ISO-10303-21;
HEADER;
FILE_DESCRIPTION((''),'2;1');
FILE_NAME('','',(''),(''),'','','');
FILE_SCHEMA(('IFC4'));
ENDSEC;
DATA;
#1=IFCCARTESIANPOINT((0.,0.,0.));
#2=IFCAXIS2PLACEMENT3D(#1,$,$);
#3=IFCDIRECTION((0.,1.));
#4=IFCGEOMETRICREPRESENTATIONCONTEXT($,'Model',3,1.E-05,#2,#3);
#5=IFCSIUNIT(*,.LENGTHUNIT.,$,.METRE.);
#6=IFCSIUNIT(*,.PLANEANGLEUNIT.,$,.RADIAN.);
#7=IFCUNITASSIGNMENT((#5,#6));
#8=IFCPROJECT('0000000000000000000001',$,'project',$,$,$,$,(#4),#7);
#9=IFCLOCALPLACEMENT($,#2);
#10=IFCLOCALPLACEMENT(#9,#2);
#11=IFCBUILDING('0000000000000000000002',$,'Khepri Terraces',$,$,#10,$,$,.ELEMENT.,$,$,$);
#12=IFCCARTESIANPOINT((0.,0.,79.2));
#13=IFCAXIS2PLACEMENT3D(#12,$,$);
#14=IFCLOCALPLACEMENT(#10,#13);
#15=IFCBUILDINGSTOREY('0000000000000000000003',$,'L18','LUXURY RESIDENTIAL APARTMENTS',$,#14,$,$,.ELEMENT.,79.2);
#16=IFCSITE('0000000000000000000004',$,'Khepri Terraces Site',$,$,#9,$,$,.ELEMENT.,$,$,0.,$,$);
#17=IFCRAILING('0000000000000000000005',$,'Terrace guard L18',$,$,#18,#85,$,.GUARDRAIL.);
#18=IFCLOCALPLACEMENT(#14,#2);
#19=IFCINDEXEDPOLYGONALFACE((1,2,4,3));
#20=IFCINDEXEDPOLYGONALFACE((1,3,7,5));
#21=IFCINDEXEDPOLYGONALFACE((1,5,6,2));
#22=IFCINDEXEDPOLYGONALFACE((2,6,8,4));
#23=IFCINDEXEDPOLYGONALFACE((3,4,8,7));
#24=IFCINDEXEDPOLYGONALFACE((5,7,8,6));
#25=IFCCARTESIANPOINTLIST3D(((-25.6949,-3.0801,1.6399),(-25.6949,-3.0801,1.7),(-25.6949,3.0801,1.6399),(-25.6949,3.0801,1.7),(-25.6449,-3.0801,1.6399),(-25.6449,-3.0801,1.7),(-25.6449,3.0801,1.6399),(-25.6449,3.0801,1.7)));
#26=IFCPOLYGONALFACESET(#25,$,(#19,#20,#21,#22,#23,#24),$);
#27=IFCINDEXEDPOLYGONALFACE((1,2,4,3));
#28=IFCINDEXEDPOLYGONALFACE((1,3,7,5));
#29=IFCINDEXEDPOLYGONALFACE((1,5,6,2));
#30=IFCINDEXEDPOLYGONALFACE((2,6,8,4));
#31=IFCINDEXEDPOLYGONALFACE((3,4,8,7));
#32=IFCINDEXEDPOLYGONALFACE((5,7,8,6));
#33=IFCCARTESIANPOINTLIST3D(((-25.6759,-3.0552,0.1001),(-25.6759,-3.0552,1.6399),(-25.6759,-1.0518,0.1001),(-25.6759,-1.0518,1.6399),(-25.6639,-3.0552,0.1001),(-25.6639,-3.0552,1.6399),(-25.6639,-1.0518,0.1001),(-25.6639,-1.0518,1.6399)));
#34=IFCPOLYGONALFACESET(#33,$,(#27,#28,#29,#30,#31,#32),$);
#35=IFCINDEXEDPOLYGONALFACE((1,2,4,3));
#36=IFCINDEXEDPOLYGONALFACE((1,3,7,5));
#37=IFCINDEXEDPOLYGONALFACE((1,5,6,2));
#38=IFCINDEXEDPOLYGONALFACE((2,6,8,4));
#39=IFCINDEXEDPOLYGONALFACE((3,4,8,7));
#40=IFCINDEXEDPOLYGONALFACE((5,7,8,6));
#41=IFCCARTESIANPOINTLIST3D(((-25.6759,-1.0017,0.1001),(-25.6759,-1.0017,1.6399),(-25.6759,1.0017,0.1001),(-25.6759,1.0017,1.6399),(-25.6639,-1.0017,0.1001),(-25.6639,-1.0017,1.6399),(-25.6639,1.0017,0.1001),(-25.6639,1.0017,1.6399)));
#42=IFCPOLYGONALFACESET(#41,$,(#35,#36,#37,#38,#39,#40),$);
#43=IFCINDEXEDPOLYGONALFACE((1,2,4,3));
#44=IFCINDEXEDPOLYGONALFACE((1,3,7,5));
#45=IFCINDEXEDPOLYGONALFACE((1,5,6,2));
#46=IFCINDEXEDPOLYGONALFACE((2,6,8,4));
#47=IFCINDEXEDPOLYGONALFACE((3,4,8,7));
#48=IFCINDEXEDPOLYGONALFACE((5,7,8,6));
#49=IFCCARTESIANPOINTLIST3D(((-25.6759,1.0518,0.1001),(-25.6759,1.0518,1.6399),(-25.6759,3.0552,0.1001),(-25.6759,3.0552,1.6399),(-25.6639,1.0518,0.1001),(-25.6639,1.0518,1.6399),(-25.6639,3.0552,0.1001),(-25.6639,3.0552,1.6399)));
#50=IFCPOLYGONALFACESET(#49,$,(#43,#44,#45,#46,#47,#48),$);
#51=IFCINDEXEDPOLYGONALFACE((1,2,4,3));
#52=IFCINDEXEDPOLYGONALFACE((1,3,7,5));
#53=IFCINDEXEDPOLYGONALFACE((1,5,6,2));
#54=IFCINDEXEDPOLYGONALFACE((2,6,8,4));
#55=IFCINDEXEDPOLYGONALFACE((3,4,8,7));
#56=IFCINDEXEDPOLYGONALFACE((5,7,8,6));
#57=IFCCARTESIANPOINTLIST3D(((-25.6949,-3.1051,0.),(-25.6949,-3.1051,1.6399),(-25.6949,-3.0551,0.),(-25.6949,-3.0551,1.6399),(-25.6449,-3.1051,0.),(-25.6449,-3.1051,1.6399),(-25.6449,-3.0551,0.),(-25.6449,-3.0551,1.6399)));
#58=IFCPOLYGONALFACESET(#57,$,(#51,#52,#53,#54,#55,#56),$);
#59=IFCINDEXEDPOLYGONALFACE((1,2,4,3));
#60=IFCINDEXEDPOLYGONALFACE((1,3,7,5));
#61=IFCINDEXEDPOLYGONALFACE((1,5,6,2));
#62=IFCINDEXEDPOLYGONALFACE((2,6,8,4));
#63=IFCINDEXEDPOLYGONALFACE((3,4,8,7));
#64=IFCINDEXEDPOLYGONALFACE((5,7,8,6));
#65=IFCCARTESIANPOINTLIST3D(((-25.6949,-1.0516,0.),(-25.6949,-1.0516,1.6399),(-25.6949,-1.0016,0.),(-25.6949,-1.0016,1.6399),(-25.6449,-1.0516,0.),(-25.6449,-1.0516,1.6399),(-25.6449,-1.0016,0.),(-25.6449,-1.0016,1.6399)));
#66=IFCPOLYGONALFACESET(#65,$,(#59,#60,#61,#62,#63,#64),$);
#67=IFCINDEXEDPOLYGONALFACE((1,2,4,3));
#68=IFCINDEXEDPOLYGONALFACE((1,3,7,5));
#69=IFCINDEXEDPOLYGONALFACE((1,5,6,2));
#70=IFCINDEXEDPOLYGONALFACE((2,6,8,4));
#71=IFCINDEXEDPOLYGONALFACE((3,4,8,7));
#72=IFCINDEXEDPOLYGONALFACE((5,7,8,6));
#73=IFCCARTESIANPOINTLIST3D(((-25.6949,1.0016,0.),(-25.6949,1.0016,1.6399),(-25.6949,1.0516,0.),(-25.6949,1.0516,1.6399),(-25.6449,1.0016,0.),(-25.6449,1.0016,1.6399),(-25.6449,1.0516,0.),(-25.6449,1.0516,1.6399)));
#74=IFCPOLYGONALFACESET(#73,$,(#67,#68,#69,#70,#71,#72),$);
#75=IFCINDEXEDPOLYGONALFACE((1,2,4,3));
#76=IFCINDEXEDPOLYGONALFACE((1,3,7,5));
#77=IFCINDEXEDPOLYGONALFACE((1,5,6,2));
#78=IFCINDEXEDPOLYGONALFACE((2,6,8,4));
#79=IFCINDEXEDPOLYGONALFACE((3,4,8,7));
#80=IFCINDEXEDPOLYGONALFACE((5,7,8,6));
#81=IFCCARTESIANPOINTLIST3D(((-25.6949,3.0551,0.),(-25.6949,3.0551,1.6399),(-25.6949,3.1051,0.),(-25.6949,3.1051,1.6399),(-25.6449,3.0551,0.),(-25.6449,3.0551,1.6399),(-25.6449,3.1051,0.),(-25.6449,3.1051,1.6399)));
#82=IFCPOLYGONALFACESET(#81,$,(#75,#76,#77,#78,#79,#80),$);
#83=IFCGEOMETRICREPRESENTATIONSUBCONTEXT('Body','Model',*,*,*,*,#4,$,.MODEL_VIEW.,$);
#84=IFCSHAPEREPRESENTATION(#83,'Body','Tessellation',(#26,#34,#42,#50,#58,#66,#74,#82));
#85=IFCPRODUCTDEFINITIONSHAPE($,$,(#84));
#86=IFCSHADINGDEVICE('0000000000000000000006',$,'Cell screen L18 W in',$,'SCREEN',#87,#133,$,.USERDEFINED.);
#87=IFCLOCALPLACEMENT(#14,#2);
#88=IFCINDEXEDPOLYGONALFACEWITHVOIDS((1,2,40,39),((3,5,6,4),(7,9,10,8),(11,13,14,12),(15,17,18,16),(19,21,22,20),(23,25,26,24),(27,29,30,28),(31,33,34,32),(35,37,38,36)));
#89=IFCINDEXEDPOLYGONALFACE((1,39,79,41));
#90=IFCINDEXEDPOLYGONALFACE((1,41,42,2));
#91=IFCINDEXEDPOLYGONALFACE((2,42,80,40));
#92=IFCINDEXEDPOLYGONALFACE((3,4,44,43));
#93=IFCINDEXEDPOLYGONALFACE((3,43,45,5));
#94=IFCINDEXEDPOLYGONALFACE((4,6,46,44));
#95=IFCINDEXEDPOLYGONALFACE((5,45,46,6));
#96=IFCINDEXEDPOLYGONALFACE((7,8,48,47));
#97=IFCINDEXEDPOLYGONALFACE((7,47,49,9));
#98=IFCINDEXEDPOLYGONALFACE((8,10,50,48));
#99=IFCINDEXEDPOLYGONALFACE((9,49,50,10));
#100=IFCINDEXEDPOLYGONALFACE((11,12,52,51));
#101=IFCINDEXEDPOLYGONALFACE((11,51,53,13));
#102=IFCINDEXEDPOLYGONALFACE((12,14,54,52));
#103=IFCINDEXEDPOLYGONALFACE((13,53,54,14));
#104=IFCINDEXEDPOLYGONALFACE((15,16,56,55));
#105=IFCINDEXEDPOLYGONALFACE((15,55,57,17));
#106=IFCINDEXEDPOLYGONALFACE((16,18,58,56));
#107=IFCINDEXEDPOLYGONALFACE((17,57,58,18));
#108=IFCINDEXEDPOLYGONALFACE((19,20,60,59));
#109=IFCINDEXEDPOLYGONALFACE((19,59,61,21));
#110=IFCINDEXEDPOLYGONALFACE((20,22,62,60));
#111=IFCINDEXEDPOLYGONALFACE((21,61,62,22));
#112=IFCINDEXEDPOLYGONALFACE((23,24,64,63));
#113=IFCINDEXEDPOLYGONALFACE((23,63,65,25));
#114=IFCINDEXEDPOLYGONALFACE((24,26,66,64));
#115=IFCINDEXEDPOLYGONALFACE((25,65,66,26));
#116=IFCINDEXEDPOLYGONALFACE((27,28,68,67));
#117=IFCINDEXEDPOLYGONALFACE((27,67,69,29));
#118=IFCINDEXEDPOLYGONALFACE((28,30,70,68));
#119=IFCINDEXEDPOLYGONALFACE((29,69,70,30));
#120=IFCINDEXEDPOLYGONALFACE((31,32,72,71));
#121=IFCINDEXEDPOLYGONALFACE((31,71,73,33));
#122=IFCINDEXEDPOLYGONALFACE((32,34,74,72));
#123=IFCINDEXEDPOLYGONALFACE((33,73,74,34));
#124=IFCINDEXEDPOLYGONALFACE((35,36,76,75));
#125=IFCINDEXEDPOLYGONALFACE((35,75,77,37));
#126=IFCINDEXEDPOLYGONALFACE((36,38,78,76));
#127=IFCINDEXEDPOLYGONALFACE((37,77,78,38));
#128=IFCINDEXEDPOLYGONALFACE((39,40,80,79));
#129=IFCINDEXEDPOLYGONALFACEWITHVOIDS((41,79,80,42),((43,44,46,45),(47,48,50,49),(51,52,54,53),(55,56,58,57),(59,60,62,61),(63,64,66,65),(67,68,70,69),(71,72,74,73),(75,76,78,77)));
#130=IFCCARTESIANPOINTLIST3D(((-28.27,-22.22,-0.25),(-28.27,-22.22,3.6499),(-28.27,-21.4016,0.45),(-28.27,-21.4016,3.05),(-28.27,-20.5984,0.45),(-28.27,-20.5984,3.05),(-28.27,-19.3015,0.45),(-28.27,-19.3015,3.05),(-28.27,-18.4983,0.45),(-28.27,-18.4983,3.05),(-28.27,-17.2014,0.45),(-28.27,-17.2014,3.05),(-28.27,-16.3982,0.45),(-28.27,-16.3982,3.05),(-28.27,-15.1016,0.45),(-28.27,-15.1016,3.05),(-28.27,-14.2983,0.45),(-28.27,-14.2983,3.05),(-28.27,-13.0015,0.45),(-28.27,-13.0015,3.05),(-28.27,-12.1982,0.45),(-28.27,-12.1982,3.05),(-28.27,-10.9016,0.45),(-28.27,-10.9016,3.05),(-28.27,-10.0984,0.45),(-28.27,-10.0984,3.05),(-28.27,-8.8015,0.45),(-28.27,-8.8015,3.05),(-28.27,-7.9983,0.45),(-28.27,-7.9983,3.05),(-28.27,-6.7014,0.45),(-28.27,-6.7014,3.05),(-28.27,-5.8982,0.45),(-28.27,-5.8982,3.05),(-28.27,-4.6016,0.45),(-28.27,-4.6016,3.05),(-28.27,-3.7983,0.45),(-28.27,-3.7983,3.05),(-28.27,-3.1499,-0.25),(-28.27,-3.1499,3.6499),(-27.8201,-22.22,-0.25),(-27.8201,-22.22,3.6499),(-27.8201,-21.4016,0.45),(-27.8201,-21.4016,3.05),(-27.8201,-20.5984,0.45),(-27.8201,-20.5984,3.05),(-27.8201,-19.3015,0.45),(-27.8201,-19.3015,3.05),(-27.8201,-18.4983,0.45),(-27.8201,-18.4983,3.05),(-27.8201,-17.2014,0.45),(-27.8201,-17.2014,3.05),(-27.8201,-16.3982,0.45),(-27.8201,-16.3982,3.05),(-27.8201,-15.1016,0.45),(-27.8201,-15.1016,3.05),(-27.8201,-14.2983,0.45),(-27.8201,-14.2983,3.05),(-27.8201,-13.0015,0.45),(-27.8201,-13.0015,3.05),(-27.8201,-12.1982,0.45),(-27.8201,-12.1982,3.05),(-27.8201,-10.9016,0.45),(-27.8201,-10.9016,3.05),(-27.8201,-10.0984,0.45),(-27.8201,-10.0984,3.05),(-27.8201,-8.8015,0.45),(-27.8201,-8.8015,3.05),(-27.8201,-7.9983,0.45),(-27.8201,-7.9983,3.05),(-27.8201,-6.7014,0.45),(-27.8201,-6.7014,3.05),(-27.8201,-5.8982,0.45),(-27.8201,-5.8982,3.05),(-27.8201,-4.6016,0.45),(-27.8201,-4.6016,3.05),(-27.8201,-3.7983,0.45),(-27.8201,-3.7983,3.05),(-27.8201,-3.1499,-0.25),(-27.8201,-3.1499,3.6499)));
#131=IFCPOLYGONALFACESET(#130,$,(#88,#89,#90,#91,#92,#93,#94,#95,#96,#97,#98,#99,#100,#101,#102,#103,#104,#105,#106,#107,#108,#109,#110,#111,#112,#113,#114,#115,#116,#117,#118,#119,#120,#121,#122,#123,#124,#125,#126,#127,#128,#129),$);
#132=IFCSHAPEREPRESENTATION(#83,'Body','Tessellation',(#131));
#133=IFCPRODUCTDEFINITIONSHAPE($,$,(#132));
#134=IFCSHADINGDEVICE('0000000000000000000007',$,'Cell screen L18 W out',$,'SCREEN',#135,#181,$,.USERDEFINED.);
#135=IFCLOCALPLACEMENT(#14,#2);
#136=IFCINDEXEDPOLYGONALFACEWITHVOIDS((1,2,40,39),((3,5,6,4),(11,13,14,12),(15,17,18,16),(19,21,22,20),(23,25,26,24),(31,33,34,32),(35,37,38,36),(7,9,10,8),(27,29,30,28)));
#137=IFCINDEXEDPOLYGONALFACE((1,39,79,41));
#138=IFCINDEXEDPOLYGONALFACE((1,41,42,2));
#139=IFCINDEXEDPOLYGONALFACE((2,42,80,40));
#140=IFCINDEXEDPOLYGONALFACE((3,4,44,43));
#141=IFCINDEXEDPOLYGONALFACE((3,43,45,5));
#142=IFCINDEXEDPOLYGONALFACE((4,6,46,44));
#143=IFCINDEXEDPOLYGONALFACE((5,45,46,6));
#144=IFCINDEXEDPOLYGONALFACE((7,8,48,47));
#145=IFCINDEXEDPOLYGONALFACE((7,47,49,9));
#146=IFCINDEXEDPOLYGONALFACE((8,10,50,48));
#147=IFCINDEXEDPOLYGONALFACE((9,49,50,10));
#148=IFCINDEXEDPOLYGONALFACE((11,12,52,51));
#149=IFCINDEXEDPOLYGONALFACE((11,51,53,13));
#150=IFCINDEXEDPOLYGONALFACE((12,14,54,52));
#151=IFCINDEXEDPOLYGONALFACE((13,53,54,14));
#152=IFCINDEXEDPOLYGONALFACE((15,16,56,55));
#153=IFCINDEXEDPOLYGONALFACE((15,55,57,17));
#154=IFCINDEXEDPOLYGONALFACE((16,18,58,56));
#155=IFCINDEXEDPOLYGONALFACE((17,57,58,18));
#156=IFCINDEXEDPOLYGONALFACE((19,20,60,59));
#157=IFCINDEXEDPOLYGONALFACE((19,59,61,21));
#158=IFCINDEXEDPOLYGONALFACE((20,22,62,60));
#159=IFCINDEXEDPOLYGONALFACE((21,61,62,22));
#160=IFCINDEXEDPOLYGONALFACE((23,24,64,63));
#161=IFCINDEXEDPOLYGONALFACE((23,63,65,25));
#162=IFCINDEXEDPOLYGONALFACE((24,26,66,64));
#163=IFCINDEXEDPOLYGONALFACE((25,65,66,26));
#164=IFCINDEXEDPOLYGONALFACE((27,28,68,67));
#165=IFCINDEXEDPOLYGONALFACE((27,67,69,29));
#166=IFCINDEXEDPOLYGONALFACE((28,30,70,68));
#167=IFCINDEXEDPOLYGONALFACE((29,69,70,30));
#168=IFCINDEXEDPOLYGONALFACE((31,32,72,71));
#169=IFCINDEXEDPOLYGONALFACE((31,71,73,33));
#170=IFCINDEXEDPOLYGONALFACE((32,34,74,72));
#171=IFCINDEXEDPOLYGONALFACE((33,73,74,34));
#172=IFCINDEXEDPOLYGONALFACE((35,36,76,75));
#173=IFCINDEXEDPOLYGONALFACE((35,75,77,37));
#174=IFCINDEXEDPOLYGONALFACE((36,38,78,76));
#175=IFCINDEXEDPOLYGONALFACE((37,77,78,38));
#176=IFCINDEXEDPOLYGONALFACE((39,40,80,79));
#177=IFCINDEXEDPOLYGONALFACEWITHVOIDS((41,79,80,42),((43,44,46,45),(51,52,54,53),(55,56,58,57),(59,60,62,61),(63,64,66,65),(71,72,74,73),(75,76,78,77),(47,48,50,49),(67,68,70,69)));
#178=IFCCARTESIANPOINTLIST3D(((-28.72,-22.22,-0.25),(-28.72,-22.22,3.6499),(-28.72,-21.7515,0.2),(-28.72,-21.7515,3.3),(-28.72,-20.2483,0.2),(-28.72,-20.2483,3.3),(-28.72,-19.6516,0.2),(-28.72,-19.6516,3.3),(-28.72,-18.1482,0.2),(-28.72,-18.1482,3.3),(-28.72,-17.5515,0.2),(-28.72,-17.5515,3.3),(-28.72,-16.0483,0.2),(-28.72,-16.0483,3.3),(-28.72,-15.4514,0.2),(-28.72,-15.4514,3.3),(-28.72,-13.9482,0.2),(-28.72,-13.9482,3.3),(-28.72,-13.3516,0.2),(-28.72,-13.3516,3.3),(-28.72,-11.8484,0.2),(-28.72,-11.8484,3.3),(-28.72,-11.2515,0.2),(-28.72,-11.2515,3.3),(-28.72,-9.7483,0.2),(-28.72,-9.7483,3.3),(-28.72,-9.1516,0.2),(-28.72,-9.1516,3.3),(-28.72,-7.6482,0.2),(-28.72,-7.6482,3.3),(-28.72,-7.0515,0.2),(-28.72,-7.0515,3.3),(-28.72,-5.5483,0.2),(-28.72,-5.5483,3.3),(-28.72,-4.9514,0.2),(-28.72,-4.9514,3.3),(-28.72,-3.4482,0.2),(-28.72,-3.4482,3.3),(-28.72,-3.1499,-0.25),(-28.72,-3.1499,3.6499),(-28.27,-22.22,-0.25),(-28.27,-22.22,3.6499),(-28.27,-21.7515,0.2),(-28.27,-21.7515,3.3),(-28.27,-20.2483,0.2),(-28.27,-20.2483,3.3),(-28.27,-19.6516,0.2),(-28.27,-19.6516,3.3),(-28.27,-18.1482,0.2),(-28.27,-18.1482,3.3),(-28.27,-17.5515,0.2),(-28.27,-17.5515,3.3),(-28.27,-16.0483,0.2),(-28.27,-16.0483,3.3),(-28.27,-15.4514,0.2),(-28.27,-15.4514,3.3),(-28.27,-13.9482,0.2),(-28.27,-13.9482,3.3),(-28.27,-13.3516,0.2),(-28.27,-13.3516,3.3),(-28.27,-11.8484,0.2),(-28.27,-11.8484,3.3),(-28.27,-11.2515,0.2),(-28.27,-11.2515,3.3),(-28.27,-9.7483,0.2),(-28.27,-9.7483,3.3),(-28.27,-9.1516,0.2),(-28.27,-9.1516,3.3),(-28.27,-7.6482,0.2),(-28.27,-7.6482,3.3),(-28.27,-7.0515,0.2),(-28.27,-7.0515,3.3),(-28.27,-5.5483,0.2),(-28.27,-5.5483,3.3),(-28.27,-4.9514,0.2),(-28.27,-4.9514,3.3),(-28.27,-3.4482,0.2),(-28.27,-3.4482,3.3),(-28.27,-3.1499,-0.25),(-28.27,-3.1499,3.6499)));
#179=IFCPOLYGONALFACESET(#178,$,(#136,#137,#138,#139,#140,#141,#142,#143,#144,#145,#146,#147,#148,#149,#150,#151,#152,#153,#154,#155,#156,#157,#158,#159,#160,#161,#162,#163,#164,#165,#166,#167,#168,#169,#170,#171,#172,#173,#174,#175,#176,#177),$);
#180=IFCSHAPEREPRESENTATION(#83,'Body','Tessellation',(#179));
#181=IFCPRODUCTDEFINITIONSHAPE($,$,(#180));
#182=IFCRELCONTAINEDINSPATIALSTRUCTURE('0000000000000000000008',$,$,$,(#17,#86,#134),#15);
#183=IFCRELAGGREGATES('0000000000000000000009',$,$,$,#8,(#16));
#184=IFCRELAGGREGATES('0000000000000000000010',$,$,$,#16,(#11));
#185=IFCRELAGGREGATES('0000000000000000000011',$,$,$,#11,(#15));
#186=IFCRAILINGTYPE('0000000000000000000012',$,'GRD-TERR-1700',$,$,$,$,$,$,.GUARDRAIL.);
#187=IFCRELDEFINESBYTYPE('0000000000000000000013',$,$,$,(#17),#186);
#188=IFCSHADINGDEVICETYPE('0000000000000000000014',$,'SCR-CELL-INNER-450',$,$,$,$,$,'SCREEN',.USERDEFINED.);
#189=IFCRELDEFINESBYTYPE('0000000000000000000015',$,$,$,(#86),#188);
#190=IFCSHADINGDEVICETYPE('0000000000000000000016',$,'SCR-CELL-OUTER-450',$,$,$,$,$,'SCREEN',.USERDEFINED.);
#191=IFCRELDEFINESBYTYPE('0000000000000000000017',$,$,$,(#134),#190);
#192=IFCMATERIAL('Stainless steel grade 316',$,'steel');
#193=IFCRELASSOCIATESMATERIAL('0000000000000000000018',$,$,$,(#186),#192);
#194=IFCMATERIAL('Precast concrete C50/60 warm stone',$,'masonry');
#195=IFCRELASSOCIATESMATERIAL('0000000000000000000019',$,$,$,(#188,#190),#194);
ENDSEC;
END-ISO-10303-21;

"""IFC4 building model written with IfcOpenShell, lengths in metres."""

from ifc_helpers import new_model, si_unit, direction, frame, origin, origin_2d, place, context, subcontext, project, spatial, polyline, rectangle, outline, extrude, material, type_object, element, save


model = new_model("IFC4")

# Units and contexts
model_context = context("Model", 3, precision=1e-05, world=origin(), true_north=direction((0.0, 1.0)))
body_context = subcontext(model_context, "Body", "Model", "MODEL_VIEW")
ifc_project = project(units=[si_unit("LENGTHUNIT", "METRE"), si_unit("PLANEANGLEUNIT", "RADIAN")], contexts=[model_context])

# Site, building, storey
site_placement = place(None, origin())
site = spatial("IfcSite", under=ifc_project, at=site_placement, Name="Khepri Terraces Site", CompositionType="ELEMENT", RefElevation=0.0)
building_placement = place(site_placement, origin())
building = spatial("IfcBuilding", under=site, at=building_placement, Name="Khepri Terraces", CompositionType="ELEMENT")
storey_placement = place(building_placement, frame((0.0, 0.0, 79.2)))
storey = spatial("IfcBuildingStorey", under=building, at=storey_placement, Name="L18", Description="LUXURY RESIDENTIAL APARTMENTS", CompositionType="ELEMENT", Elevation=79.2)

# Shared definitions
ifc_material_1 = material(Name="Precast concrete C50/60 warm stone", Category="masonry")

# Railing
ifc_material_2 = material(Name="Stainless steel grade 316", Category="steel")
railing_type_1 = type_object("IfcRailingType", Name="GRD-TERR-1700", PredefinedType="GUARDRAIL", material=ifc_material_2)
railing_1_placement = place(storey_placement, frame((-25.6699, -3.0801, 0.0)))
element("IfcRailing", 1, at=railing_1_placement, inside=storey, type_object=railing_type_1, Name="Terrace guard L18", PredefinedType="GUARDRAIL", context=body_context, shape_type="SweptSolid", body=[
    extrude(rectangle(XDim=0.05, YDim=0.0601, at=origin_2d()), frame((0.0, 0.0, 1.6699), z_axis=(0.0, 1.0, 0.0), x_axis=(-1.0, 0.0, 0.0)), (0.0, 0.0, 1.0), 6.1602),
    extrude(rectangle(XDim=2.0034, YDim=0.012, at=origin_2d()), frame((0.0, 1.0266, 0.1001), z_axis=(0.0, 0.0, 1.0), x_axis=(0.0, 1.0, 0.0)), (0.0, 0.0, 1.0), 1.5398),
    extrude(rectangle(XDim=2.0034, YDim=0.012, at=origin_2d()), frame((0.0, 3.0801, 0.1001), z_axis=(0.0, 0.0, 1.0), x_axis=(0.0, 1.0, 0.0)), (0.0, 0.0, 1.0), 1.5398),
    extrude(rectangle(XDim=2.0034, YDim=0.012, at=origin_2d()), frame((0.0, 5.1335, 0.1001), z_axis=(0.0, 0.0, 1.0), x_axis=(0.0, 1.0, 0.0)), (0.0, 0.0, 1.0), 1.5398),
    extrude(rectangle(XDim=0.05, YDim=0.05, at=origin_2d()), origin(), (0.0, 0.0, 1.0), 1.6399),
    extrude(rectangle(XDim=0.05, YDim=0.05, at=origin_2d()), frame((0.0, 2.0535, 0.0)), (0.0, 0.0, 1.0), 1.6399),
    extrude(rectangle(XDim=0.05, YDim=0.05, at=origin_2d()), frame((0.0, 4.1067, 0.0)), (0.0, 0.0, 1.0), 1.6399),
    extrude(rectangle(XDim=0.05, YDim=0.05, at=origin_2d()), frame((0.0, 6.1602, 0.0)), (0.0, 0.0, 1.0), 1.6399),
])

# Shading devices
shading_device_type_1 = type_object("IfcShadingDeviceType", Name="SCR-CELL-INNER-450", ElementType="SCREEN", PredefinedType="USERDEFINED", material=ifc_material_1)
shading_device_1_placement = place(storey_placement, frame((-27.8201, -3.1499, -0.25), z_axis=(-1.0, 0.0, 0.0), x_axis=(0.0, -1.0, 0.0)))
element("IfcShadingDevice", 2, at=shading_device_1_placement, inside=storey, type_object=shading_device_type_1, Name="Cell screen L18 W in", ObjectType="SCREEN", PredefinedType="USERDEFINED", context=body_context, shape_type="SweptSolid", body=[
    extrude(outline(polyline([(0.0, 0.0), (19.0701, 0.0), (19.0701, 3.8999), (0.0, 3.8999), (0.0, 0.0)]), holes=[polyline([(0.6484, 0.7), (1.4517, 0.7), (1.4517, 3.3), (0.6484, 3.3), (0.6484, 0.7)]), polyline([(2.7483, 0.7), (3.5515, 0.7), (3.5515, 3.3), (2.7483, 3.3), (2.7483, 0.7)]), polyline([(4.8484, 0.7), (5.6516, 0.7), (5.6516, 3.3), (4.8484, 3.3), (4.8484, 0.7)]), polyline([(6.9485, 0.7), (7.7517, 0.7), (7.7517, 3.3), (6.9485, 3.3), (6.9485, 0.7)]), polyline([(9.0483, 0.7), (9.8516, 0.7), (9.8516, 3.3), (9.0483, 3.3), (9.0483, 0.7)]), polyline([(11.1484, 0.7), (11.9517, 0.7), (11.9517, 3.3), (11.1484, 3.3), (11.1484, 0.7)]), polyline([(13.2483, 0.7), (14.0515, 0.7), (14.0515, 3.3), (13.2483, 3.3), (13.2483, 0.7)]), polyline([(15.3484, 0.7), (16.1516, 0.7), (16.1516, 3.3), (15.3484, 3.3), (15.3484, 0.7)]), polyline([(17.4485, 0.7), (18.2517, 0.7), (18.2517, 3.3), (17.4485, 3.3), (17.4485, 0.7)])]), origin(), (0.0, 0.0, 1.0), 0.45),
])
shading_device_type_2 = type_object("IfcShadingDeviceType", Name="SCR-CELL-OUTER-450", ElementType="SCREEN", PredefinedType="USERDEFINED", material=ifc_material_1)
shading_device_2_placement = place(storey_placement, frame((-28.27, -3.1499, -0.25), z_axis=(-1.0, 0.0, 0.0), x_axis=(0.0, -1.0, 0.0)))
element("IfcShadingDevice", 3, at=shading_device_2_placement, inside=storey, type_object=shading_device_type_2, Name="Cell screen L18 W out", ObjectType="SCREEN", PredefinedType="USERDEFINED", context=body_context, shape_type="SweptSolid", body=[
    extrude(outline(polyline([(0.0, 0.0), (19.0701, 0.0), (19.0701, 3.8999), (0.0, 3.8999), (0.0, 0.0)]), holes=[polyline([(0.2983, 0.45), (1.8015, 0.45), (1.8015, 3.55), (0.2983, 3.55), (0.2983, 0.45)]), polyline([(2.3984, 0.45), (3.9016, 0.45), (3.9016, 3.55), (2.3984, 3.55), (2.3984, 0.45)]), polyline([(4.4983, 0.45), (6.0017, 0.45), (6.0017, 3.55), (4.4983, 3.55), (4.4983, 0.45)]), polyline([(6.5984, 0.45), (8.1016, 0.45), (8.1016, 3.55), (6.5984, 3.55), (6.5984, 0.45)]), polyline([(8.6985, 0.45), (10.2017, 0.45), (10.2017, 3.55), (8.6985, 3.55), (8.6985, 0.45)]), polyline([(10.7983, 0.45), (12.3015, 0.45), (12.3015, 3.55), (10.7983, 3.55), (10.7983, 0.45)]), polyline([(12.8984, 0.45), (14.4016, 0.45), (14.4016, 3.55), (12.8984, 3.55), (12.8984, 0.45)]), polyline([(14.9983, 0.45), (16.5017, 0.45), (16.5017, 3.55), (14.9983, 3.55), (14.9983, 0.45)]), polyline([(17.0984, 0.45), (18.6016, 0.45), (18.6016, 3.55), (17.0984, 3.55), (17.0984, 0.45)])]), origin(), (0.0, 0.0, 1.0), 0.45),
])

save(model, "model.ifc")
